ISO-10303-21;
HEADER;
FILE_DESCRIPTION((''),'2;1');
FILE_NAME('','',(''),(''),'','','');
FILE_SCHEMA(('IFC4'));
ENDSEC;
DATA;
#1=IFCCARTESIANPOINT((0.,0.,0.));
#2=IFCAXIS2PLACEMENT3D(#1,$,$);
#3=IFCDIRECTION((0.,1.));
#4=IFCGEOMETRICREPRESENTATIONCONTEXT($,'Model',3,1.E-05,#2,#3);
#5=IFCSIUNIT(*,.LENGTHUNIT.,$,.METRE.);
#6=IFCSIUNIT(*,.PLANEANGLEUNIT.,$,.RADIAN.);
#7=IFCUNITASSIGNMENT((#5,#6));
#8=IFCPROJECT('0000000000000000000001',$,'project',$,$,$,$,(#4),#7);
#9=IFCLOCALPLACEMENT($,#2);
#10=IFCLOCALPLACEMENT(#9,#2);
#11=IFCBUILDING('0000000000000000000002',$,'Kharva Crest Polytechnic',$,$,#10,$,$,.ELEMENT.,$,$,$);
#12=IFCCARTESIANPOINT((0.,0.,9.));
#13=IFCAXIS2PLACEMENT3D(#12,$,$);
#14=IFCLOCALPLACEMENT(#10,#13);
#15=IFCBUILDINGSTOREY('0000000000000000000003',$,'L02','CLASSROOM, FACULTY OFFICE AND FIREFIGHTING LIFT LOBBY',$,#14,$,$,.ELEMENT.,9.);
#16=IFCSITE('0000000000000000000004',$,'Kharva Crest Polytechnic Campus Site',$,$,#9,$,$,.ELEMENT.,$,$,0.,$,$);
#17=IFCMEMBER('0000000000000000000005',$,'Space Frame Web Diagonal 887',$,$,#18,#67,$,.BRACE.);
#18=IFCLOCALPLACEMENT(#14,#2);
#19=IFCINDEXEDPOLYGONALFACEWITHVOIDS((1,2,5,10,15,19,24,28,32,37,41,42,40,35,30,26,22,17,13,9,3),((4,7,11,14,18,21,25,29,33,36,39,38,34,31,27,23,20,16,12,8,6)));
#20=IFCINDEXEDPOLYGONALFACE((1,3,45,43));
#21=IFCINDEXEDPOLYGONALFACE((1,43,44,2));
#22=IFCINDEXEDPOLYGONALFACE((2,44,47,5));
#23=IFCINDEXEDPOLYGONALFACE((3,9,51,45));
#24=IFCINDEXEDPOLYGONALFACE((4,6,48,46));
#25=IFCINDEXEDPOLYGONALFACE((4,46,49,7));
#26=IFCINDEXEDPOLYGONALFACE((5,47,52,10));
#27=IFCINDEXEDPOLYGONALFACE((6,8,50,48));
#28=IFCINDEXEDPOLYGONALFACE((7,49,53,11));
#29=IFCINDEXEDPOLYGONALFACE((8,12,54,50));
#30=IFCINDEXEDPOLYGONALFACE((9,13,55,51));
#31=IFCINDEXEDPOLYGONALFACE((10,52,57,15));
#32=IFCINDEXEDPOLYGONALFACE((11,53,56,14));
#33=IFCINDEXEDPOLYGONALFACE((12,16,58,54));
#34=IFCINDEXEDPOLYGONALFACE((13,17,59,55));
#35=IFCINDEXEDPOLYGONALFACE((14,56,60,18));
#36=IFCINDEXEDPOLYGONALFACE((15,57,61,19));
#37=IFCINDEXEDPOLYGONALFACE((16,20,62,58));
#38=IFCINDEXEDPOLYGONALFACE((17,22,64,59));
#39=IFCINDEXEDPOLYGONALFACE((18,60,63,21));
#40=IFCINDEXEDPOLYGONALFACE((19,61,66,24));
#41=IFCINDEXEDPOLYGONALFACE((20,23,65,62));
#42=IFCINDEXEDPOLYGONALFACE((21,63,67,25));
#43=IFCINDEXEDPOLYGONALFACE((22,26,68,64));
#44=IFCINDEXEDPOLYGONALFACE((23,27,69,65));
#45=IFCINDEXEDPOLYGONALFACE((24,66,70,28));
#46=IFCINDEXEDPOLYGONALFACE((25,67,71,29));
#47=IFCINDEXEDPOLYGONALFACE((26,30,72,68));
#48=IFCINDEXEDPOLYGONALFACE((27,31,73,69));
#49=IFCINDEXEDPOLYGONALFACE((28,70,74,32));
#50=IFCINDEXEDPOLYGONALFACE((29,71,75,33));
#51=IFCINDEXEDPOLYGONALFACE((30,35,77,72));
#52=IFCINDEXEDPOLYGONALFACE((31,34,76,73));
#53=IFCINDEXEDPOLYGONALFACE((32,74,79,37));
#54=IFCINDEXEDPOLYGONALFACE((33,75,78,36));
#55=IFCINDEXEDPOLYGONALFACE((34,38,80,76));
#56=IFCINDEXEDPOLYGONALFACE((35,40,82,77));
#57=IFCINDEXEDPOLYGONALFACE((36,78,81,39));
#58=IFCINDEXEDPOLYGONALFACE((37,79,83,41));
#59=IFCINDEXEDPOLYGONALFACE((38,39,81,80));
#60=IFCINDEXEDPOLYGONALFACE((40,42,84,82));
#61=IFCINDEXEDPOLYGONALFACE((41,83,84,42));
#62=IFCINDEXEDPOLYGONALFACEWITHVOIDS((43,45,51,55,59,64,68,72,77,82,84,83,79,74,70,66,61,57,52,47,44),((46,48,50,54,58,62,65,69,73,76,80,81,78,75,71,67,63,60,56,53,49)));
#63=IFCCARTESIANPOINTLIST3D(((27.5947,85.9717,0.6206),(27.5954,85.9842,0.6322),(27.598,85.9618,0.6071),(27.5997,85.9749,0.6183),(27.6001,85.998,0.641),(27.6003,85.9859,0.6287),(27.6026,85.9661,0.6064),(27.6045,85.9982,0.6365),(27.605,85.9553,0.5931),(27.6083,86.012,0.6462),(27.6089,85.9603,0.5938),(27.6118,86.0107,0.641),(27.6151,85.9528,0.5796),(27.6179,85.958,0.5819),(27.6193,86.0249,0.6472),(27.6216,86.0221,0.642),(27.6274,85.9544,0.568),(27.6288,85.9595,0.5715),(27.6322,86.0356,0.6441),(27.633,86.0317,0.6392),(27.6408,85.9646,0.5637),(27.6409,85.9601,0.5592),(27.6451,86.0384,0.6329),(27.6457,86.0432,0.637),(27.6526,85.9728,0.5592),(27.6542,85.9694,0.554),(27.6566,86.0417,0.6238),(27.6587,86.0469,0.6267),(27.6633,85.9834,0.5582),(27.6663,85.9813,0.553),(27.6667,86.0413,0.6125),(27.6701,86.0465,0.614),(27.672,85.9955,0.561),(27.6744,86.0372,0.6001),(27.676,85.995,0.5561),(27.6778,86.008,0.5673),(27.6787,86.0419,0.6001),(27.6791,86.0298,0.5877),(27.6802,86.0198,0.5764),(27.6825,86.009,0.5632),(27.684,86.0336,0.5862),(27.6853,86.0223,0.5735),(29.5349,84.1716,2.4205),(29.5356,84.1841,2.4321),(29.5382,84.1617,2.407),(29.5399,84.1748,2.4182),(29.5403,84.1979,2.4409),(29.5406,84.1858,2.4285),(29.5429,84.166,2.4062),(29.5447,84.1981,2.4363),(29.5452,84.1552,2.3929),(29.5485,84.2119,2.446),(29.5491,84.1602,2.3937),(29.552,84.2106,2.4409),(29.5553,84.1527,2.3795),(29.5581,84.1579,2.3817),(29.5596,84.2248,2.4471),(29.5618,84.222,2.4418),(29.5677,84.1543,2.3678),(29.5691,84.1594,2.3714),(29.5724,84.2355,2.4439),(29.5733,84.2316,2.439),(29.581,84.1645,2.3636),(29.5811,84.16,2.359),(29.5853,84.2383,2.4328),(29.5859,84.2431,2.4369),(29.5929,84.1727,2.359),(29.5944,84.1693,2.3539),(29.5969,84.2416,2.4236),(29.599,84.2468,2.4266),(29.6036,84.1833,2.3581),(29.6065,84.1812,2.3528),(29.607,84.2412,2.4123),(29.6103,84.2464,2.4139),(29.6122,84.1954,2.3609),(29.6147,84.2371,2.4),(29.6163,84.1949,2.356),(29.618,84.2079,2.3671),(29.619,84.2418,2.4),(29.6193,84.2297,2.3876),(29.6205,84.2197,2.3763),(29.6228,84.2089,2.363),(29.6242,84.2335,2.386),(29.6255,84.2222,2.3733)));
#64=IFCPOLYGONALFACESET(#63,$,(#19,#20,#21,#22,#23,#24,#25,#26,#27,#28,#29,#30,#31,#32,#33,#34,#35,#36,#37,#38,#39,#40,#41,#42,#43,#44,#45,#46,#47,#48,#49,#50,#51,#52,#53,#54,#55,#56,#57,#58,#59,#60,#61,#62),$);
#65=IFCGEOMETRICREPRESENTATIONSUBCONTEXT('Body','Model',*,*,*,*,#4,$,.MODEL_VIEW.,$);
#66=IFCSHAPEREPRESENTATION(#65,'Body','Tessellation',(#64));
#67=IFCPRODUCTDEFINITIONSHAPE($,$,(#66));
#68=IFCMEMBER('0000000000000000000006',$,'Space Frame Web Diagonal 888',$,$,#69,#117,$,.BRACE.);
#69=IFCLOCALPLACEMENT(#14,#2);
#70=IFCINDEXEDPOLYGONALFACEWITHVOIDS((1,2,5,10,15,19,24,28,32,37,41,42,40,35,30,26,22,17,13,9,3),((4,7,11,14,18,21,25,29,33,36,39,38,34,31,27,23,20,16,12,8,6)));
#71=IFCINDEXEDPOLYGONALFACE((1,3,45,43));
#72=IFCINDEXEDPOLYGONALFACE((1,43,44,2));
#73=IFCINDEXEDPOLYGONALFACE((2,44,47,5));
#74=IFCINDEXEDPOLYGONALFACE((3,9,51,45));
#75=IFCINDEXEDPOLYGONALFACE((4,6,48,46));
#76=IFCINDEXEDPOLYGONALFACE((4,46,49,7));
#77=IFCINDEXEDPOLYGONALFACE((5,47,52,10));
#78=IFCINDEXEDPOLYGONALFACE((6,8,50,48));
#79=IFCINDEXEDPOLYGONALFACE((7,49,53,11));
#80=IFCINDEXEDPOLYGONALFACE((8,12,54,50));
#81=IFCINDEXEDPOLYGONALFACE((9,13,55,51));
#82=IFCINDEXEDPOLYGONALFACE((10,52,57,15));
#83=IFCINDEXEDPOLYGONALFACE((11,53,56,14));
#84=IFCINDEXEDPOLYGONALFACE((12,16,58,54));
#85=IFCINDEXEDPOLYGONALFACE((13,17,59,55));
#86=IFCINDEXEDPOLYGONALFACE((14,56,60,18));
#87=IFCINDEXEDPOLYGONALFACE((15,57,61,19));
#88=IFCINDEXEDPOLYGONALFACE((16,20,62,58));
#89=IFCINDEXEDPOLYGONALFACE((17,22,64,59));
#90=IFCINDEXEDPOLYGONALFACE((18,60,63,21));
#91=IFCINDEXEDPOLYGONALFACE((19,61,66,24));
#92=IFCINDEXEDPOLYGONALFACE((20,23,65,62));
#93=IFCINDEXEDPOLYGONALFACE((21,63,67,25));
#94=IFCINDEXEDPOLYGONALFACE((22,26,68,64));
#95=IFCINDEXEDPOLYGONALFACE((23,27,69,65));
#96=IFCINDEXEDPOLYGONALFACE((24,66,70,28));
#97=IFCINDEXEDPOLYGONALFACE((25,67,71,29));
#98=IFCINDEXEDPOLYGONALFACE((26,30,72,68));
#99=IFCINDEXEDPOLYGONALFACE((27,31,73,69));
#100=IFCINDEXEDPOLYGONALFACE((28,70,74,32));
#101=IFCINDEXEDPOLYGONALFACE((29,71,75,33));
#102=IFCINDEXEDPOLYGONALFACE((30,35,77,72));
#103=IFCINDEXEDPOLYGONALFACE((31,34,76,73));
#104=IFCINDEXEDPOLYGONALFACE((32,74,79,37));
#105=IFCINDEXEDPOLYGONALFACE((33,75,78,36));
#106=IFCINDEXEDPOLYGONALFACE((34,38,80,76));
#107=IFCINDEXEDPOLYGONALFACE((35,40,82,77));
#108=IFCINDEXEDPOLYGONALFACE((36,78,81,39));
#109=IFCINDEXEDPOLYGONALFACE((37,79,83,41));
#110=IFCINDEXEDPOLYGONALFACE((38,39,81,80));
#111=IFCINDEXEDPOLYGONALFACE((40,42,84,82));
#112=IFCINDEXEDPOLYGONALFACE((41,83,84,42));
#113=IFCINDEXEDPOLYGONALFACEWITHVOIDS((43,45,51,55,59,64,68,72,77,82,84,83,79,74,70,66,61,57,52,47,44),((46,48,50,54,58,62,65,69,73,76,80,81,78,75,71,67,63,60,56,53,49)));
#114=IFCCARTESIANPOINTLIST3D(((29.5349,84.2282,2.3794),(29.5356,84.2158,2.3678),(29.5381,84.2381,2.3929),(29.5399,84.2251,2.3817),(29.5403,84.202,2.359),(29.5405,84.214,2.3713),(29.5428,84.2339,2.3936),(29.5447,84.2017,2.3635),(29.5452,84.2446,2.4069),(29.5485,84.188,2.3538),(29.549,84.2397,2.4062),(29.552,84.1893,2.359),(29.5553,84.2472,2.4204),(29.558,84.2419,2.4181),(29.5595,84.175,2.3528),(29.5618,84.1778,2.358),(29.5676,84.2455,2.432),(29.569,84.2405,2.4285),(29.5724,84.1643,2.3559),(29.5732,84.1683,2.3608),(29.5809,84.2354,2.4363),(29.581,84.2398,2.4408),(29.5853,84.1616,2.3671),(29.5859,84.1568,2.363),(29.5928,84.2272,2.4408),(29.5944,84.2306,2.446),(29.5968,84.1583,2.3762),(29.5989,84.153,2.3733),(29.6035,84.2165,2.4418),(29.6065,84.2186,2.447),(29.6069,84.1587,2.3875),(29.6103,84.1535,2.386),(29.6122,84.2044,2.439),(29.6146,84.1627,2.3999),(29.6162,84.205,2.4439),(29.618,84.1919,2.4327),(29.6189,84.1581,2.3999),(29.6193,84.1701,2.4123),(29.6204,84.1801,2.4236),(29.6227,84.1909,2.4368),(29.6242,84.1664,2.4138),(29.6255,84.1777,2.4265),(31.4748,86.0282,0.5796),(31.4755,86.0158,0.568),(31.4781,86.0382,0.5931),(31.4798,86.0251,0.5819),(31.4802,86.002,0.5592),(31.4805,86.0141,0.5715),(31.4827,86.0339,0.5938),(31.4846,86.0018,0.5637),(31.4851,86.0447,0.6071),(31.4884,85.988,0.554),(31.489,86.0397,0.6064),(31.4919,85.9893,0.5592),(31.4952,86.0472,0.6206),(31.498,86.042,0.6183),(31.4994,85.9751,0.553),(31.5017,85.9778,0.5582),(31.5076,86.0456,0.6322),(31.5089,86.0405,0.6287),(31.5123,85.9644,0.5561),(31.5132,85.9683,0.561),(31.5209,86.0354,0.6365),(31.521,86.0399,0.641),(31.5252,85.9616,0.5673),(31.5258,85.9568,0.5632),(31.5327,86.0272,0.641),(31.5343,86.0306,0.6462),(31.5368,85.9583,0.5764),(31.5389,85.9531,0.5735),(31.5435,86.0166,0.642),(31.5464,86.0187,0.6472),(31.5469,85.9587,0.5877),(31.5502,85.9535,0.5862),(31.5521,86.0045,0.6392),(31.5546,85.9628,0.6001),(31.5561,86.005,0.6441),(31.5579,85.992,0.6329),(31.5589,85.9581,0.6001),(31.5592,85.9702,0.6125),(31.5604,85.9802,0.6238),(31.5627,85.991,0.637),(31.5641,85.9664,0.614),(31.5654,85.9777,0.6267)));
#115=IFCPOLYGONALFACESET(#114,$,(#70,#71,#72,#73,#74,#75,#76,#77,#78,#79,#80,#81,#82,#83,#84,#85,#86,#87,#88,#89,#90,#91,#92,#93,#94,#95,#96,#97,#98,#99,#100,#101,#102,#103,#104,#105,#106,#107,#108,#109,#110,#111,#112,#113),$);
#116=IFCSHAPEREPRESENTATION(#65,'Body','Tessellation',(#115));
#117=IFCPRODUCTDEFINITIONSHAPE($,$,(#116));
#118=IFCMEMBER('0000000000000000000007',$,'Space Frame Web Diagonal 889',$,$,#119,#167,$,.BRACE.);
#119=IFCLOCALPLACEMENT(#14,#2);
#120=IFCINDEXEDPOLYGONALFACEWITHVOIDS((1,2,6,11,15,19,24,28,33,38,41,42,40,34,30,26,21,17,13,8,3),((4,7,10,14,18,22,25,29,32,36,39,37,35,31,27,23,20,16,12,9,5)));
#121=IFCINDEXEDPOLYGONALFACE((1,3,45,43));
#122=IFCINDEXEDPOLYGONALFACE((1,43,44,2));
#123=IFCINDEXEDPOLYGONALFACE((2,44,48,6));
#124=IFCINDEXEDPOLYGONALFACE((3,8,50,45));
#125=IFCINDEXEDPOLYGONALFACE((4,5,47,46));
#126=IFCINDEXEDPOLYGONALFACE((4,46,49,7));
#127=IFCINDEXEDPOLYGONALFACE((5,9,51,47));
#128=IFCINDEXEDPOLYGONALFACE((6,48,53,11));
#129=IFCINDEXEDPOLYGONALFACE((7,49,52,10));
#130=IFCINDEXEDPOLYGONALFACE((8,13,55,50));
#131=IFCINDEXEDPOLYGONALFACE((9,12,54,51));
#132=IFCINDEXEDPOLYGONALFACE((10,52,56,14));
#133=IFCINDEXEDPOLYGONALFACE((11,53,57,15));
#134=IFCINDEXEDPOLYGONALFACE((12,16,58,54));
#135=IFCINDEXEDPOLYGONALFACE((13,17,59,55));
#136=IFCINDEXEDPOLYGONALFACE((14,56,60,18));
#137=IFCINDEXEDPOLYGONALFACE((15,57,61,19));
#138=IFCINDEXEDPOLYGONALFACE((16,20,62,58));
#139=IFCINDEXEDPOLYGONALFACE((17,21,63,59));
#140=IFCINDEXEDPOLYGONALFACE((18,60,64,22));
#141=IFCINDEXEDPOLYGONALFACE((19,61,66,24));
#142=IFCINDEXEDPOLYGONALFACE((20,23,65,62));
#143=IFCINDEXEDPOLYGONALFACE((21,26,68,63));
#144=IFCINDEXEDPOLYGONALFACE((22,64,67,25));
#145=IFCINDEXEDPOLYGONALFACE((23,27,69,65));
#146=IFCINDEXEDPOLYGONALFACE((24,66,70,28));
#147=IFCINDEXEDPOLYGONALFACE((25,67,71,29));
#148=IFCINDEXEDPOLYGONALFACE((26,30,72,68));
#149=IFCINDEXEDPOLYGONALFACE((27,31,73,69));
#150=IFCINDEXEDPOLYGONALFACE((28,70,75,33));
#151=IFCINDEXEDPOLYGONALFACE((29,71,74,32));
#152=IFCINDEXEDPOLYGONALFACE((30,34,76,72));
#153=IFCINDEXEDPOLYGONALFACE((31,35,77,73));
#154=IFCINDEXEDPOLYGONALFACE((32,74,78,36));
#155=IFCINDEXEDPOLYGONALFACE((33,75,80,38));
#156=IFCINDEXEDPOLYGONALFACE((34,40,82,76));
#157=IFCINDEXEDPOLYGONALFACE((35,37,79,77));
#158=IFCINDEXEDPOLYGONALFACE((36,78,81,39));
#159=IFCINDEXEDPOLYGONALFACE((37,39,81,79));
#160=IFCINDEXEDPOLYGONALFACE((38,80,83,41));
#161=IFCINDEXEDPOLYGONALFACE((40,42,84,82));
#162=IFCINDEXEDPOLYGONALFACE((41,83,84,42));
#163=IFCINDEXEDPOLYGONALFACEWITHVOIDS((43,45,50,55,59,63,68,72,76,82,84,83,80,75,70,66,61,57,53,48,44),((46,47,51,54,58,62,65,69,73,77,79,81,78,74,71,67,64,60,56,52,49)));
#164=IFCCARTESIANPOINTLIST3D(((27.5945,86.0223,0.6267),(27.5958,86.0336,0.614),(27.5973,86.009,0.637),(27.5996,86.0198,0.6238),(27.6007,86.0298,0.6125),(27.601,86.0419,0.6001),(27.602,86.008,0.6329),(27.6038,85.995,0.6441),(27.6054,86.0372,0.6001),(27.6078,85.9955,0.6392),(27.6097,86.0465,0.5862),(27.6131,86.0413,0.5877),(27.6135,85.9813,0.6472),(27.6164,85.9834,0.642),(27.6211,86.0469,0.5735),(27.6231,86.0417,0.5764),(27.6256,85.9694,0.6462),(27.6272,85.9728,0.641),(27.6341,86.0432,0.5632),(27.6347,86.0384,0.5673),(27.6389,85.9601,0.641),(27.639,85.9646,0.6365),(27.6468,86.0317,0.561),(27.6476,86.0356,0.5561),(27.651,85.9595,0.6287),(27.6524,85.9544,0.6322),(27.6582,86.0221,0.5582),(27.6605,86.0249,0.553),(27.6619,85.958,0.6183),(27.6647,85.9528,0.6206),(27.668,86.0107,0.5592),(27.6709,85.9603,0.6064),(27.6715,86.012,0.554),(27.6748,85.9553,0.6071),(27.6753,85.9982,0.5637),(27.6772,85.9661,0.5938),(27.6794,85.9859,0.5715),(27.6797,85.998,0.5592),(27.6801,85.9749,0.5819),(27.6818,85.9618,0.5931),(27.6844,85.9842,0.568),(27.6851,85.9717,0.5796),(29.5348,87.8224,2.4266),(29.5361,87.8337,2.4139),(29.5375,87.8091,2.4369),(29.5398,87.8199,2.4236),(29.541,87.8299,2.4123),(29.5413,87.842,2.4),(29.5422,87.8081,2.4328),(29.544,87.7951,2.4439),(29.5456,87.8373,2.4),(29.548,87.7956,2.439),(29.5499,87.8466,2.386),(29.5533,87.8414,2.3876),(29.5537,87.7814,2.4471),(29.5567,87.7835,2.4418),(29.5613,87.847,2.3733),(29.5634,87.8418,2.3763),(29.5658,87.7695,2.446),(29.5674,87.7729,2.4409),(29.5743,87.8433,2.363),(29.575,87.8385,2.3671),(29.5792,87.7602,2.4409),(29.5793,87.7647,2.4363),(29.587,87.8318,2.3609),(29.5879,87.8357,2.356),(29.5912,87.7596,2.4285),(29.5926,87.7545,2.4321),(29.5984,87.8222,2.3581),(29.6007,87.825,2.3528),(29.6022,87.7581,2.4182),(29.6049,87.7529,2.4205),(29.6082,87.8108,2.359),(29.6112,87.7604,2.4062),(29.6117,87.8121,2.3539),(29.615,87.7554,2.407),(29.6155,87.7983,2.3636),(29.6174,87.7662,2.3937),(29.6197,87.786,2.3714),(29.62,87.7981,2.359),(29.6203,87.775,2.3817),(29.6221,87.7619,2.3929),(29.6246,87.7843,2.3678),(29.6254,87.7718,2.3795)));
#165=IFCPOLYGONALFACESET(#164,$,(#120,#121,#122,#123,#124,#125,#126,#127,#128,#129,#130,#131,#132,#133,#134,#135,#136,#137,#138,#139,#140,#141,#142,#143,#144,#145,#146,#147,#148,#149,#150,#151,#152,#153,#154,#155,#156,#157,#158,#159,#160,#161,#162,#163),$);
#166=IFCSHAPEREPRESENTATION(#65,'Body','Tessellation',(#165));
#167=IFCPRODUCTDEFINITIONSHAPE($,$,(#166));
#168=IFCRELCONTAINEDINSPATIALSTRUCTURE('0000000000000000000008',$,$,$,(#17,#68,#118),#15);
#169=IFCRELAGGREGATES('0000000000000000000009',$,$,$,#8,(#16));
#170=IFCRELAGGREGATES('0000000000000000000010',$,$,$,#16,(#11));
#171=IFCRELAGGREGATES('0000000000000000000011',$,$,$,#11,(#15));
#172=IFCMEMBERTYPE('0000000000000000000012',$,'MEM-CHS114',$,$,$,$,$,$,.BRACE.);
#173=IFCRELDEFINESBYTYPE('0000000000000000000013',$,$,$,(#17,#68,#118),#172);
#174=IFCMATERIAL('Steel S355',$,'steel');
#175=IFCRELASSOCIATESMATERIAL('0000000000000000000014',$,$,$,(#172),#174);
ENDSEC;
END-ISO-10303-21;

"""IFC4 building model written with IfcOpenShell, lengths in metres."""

from ifc_helpers import new_model, si_unit, direction, frame, origin, origin_2d, place, context, subcontext, project, spatial, hollow_circle, extrude, material, material_profile, profile_set, type_object, element, save


model = new_model("IFC4")

# Units and contexts
model_context = context("Model", 3, precision=1e-05, world=origin(), true_north=direction((0.0, 1.0)))
body_context = subcontext(model_context, "Body", "Model", "MODEL_VIEW")
ifc_project = project(units=[si_unit("LENGTHUNIT", "METRE"), si_unit("PLANEANGLEUNIT", "RADIAN")], contexts=[model_context])

# Site, building, storey
site_placement = place(None, origin())
site = spatial("IfcSite", under=ifc_project, at=site_placement, Name="Kharva Crest Polytechnic Campus Site", CompositionType="ELEMENT", RefElevation=0.0)
building_placement = place(site_placement, origin())
building = spatial("IfcBuilding", under=site, at=building_placement, Name="Kharva Crest Polytechnic", CompositionType="ELEMENT")
storey_placement = place(building_placement, frame((0.0, 0.0, 9.0)))
storey = spatial("IfcBuildingStorey", under=building, at=storey_placement, Name="L02", Description="CLASSROOM, FACULTY OFFICE AND FIREFIGHTING LIFT LOBBY", CompositionType="ELEMENT", Elevation=9.0)

# Shared definitions
ifc_material_1 = material(Name="Steel S355", Category="steel")

# Members
ifc_material_profile_1 = material_profile(ifc_material_1, hollow_circle(Radius=0.0571, WallThickness=0.0063, at=origin_2d()), Name="CHS 114.3X6.3")
ifc_profile_set_1 = profile_set([ifc_material_profile_1], Name="Steel S355")
member_type_1 = type_object("IfcMemberType", Name="MEM-CHS114", PredefinedType="BRACE", material=ifc_profile_set_1)
member_1_placement = place(storey_placement, frame((27.6399, 86.0, 0.6001), z_axis=(0.606196, -0.562411, 0.562335), x_axis=(0.680136, 0.733086, 0.0)))
element("IfcMember", 1, at=member_1_placement, inside=storey, type_object=member_type_1, Name="Space Frame Web Diagonal 887", PredefinedType="BRACE", context=body_context, shape_type="SweptSolid", body=[
    extrude(hollow_circle(Radius=0.0571, WallThickness=0.0063, at=origin_2d()), origin(), (0.0, 0.0, 1.0), 3.2007),
])
member_2_placement = place(storey_placement, frame((31.52, 86.0, 0.6001), z_axis=(-0.606147, -0.562437, 0.562361), x_axis=(0.680182, -0.733043, 0.0)))
element("IfcMember", 2, at=member_2_placement, inside=storey, type_object=member_type_1, Name="Space Frame Web Diagonal 888", PredefinedType="BRACE", context=body_context, shape_type="SweptSolid", body=[
    extrude(hollow_circle(Radius=0.0571, WallThickness=0.0063, at=origin_2d()), origin(), (0.0, 0.0, 1.0), 3.2004),
])
member_3_placement = place(storey_placement, frame((27.6399, 86.0, 0.6001), z_axis=(0.606196, 0.562411, 0.562335), x_axis=(-0.680136, 0.733086, 0.0)))
element("IfcMember", 3, at=member_3_placement, inside=storey, type_object=member_type_1, Name="Space Frame Web Diagonal 889", PredefinedType="BRACE", context=body_context, shape_type="SweptSolid", body=[
    extrude(hollow_circle(Radius=0.0571, WallThickness=0.0063, at=origin_2d()), origin(), (0.0, 0.0, 1.0), 3.2007),
])

save(model, "model.ifc")
